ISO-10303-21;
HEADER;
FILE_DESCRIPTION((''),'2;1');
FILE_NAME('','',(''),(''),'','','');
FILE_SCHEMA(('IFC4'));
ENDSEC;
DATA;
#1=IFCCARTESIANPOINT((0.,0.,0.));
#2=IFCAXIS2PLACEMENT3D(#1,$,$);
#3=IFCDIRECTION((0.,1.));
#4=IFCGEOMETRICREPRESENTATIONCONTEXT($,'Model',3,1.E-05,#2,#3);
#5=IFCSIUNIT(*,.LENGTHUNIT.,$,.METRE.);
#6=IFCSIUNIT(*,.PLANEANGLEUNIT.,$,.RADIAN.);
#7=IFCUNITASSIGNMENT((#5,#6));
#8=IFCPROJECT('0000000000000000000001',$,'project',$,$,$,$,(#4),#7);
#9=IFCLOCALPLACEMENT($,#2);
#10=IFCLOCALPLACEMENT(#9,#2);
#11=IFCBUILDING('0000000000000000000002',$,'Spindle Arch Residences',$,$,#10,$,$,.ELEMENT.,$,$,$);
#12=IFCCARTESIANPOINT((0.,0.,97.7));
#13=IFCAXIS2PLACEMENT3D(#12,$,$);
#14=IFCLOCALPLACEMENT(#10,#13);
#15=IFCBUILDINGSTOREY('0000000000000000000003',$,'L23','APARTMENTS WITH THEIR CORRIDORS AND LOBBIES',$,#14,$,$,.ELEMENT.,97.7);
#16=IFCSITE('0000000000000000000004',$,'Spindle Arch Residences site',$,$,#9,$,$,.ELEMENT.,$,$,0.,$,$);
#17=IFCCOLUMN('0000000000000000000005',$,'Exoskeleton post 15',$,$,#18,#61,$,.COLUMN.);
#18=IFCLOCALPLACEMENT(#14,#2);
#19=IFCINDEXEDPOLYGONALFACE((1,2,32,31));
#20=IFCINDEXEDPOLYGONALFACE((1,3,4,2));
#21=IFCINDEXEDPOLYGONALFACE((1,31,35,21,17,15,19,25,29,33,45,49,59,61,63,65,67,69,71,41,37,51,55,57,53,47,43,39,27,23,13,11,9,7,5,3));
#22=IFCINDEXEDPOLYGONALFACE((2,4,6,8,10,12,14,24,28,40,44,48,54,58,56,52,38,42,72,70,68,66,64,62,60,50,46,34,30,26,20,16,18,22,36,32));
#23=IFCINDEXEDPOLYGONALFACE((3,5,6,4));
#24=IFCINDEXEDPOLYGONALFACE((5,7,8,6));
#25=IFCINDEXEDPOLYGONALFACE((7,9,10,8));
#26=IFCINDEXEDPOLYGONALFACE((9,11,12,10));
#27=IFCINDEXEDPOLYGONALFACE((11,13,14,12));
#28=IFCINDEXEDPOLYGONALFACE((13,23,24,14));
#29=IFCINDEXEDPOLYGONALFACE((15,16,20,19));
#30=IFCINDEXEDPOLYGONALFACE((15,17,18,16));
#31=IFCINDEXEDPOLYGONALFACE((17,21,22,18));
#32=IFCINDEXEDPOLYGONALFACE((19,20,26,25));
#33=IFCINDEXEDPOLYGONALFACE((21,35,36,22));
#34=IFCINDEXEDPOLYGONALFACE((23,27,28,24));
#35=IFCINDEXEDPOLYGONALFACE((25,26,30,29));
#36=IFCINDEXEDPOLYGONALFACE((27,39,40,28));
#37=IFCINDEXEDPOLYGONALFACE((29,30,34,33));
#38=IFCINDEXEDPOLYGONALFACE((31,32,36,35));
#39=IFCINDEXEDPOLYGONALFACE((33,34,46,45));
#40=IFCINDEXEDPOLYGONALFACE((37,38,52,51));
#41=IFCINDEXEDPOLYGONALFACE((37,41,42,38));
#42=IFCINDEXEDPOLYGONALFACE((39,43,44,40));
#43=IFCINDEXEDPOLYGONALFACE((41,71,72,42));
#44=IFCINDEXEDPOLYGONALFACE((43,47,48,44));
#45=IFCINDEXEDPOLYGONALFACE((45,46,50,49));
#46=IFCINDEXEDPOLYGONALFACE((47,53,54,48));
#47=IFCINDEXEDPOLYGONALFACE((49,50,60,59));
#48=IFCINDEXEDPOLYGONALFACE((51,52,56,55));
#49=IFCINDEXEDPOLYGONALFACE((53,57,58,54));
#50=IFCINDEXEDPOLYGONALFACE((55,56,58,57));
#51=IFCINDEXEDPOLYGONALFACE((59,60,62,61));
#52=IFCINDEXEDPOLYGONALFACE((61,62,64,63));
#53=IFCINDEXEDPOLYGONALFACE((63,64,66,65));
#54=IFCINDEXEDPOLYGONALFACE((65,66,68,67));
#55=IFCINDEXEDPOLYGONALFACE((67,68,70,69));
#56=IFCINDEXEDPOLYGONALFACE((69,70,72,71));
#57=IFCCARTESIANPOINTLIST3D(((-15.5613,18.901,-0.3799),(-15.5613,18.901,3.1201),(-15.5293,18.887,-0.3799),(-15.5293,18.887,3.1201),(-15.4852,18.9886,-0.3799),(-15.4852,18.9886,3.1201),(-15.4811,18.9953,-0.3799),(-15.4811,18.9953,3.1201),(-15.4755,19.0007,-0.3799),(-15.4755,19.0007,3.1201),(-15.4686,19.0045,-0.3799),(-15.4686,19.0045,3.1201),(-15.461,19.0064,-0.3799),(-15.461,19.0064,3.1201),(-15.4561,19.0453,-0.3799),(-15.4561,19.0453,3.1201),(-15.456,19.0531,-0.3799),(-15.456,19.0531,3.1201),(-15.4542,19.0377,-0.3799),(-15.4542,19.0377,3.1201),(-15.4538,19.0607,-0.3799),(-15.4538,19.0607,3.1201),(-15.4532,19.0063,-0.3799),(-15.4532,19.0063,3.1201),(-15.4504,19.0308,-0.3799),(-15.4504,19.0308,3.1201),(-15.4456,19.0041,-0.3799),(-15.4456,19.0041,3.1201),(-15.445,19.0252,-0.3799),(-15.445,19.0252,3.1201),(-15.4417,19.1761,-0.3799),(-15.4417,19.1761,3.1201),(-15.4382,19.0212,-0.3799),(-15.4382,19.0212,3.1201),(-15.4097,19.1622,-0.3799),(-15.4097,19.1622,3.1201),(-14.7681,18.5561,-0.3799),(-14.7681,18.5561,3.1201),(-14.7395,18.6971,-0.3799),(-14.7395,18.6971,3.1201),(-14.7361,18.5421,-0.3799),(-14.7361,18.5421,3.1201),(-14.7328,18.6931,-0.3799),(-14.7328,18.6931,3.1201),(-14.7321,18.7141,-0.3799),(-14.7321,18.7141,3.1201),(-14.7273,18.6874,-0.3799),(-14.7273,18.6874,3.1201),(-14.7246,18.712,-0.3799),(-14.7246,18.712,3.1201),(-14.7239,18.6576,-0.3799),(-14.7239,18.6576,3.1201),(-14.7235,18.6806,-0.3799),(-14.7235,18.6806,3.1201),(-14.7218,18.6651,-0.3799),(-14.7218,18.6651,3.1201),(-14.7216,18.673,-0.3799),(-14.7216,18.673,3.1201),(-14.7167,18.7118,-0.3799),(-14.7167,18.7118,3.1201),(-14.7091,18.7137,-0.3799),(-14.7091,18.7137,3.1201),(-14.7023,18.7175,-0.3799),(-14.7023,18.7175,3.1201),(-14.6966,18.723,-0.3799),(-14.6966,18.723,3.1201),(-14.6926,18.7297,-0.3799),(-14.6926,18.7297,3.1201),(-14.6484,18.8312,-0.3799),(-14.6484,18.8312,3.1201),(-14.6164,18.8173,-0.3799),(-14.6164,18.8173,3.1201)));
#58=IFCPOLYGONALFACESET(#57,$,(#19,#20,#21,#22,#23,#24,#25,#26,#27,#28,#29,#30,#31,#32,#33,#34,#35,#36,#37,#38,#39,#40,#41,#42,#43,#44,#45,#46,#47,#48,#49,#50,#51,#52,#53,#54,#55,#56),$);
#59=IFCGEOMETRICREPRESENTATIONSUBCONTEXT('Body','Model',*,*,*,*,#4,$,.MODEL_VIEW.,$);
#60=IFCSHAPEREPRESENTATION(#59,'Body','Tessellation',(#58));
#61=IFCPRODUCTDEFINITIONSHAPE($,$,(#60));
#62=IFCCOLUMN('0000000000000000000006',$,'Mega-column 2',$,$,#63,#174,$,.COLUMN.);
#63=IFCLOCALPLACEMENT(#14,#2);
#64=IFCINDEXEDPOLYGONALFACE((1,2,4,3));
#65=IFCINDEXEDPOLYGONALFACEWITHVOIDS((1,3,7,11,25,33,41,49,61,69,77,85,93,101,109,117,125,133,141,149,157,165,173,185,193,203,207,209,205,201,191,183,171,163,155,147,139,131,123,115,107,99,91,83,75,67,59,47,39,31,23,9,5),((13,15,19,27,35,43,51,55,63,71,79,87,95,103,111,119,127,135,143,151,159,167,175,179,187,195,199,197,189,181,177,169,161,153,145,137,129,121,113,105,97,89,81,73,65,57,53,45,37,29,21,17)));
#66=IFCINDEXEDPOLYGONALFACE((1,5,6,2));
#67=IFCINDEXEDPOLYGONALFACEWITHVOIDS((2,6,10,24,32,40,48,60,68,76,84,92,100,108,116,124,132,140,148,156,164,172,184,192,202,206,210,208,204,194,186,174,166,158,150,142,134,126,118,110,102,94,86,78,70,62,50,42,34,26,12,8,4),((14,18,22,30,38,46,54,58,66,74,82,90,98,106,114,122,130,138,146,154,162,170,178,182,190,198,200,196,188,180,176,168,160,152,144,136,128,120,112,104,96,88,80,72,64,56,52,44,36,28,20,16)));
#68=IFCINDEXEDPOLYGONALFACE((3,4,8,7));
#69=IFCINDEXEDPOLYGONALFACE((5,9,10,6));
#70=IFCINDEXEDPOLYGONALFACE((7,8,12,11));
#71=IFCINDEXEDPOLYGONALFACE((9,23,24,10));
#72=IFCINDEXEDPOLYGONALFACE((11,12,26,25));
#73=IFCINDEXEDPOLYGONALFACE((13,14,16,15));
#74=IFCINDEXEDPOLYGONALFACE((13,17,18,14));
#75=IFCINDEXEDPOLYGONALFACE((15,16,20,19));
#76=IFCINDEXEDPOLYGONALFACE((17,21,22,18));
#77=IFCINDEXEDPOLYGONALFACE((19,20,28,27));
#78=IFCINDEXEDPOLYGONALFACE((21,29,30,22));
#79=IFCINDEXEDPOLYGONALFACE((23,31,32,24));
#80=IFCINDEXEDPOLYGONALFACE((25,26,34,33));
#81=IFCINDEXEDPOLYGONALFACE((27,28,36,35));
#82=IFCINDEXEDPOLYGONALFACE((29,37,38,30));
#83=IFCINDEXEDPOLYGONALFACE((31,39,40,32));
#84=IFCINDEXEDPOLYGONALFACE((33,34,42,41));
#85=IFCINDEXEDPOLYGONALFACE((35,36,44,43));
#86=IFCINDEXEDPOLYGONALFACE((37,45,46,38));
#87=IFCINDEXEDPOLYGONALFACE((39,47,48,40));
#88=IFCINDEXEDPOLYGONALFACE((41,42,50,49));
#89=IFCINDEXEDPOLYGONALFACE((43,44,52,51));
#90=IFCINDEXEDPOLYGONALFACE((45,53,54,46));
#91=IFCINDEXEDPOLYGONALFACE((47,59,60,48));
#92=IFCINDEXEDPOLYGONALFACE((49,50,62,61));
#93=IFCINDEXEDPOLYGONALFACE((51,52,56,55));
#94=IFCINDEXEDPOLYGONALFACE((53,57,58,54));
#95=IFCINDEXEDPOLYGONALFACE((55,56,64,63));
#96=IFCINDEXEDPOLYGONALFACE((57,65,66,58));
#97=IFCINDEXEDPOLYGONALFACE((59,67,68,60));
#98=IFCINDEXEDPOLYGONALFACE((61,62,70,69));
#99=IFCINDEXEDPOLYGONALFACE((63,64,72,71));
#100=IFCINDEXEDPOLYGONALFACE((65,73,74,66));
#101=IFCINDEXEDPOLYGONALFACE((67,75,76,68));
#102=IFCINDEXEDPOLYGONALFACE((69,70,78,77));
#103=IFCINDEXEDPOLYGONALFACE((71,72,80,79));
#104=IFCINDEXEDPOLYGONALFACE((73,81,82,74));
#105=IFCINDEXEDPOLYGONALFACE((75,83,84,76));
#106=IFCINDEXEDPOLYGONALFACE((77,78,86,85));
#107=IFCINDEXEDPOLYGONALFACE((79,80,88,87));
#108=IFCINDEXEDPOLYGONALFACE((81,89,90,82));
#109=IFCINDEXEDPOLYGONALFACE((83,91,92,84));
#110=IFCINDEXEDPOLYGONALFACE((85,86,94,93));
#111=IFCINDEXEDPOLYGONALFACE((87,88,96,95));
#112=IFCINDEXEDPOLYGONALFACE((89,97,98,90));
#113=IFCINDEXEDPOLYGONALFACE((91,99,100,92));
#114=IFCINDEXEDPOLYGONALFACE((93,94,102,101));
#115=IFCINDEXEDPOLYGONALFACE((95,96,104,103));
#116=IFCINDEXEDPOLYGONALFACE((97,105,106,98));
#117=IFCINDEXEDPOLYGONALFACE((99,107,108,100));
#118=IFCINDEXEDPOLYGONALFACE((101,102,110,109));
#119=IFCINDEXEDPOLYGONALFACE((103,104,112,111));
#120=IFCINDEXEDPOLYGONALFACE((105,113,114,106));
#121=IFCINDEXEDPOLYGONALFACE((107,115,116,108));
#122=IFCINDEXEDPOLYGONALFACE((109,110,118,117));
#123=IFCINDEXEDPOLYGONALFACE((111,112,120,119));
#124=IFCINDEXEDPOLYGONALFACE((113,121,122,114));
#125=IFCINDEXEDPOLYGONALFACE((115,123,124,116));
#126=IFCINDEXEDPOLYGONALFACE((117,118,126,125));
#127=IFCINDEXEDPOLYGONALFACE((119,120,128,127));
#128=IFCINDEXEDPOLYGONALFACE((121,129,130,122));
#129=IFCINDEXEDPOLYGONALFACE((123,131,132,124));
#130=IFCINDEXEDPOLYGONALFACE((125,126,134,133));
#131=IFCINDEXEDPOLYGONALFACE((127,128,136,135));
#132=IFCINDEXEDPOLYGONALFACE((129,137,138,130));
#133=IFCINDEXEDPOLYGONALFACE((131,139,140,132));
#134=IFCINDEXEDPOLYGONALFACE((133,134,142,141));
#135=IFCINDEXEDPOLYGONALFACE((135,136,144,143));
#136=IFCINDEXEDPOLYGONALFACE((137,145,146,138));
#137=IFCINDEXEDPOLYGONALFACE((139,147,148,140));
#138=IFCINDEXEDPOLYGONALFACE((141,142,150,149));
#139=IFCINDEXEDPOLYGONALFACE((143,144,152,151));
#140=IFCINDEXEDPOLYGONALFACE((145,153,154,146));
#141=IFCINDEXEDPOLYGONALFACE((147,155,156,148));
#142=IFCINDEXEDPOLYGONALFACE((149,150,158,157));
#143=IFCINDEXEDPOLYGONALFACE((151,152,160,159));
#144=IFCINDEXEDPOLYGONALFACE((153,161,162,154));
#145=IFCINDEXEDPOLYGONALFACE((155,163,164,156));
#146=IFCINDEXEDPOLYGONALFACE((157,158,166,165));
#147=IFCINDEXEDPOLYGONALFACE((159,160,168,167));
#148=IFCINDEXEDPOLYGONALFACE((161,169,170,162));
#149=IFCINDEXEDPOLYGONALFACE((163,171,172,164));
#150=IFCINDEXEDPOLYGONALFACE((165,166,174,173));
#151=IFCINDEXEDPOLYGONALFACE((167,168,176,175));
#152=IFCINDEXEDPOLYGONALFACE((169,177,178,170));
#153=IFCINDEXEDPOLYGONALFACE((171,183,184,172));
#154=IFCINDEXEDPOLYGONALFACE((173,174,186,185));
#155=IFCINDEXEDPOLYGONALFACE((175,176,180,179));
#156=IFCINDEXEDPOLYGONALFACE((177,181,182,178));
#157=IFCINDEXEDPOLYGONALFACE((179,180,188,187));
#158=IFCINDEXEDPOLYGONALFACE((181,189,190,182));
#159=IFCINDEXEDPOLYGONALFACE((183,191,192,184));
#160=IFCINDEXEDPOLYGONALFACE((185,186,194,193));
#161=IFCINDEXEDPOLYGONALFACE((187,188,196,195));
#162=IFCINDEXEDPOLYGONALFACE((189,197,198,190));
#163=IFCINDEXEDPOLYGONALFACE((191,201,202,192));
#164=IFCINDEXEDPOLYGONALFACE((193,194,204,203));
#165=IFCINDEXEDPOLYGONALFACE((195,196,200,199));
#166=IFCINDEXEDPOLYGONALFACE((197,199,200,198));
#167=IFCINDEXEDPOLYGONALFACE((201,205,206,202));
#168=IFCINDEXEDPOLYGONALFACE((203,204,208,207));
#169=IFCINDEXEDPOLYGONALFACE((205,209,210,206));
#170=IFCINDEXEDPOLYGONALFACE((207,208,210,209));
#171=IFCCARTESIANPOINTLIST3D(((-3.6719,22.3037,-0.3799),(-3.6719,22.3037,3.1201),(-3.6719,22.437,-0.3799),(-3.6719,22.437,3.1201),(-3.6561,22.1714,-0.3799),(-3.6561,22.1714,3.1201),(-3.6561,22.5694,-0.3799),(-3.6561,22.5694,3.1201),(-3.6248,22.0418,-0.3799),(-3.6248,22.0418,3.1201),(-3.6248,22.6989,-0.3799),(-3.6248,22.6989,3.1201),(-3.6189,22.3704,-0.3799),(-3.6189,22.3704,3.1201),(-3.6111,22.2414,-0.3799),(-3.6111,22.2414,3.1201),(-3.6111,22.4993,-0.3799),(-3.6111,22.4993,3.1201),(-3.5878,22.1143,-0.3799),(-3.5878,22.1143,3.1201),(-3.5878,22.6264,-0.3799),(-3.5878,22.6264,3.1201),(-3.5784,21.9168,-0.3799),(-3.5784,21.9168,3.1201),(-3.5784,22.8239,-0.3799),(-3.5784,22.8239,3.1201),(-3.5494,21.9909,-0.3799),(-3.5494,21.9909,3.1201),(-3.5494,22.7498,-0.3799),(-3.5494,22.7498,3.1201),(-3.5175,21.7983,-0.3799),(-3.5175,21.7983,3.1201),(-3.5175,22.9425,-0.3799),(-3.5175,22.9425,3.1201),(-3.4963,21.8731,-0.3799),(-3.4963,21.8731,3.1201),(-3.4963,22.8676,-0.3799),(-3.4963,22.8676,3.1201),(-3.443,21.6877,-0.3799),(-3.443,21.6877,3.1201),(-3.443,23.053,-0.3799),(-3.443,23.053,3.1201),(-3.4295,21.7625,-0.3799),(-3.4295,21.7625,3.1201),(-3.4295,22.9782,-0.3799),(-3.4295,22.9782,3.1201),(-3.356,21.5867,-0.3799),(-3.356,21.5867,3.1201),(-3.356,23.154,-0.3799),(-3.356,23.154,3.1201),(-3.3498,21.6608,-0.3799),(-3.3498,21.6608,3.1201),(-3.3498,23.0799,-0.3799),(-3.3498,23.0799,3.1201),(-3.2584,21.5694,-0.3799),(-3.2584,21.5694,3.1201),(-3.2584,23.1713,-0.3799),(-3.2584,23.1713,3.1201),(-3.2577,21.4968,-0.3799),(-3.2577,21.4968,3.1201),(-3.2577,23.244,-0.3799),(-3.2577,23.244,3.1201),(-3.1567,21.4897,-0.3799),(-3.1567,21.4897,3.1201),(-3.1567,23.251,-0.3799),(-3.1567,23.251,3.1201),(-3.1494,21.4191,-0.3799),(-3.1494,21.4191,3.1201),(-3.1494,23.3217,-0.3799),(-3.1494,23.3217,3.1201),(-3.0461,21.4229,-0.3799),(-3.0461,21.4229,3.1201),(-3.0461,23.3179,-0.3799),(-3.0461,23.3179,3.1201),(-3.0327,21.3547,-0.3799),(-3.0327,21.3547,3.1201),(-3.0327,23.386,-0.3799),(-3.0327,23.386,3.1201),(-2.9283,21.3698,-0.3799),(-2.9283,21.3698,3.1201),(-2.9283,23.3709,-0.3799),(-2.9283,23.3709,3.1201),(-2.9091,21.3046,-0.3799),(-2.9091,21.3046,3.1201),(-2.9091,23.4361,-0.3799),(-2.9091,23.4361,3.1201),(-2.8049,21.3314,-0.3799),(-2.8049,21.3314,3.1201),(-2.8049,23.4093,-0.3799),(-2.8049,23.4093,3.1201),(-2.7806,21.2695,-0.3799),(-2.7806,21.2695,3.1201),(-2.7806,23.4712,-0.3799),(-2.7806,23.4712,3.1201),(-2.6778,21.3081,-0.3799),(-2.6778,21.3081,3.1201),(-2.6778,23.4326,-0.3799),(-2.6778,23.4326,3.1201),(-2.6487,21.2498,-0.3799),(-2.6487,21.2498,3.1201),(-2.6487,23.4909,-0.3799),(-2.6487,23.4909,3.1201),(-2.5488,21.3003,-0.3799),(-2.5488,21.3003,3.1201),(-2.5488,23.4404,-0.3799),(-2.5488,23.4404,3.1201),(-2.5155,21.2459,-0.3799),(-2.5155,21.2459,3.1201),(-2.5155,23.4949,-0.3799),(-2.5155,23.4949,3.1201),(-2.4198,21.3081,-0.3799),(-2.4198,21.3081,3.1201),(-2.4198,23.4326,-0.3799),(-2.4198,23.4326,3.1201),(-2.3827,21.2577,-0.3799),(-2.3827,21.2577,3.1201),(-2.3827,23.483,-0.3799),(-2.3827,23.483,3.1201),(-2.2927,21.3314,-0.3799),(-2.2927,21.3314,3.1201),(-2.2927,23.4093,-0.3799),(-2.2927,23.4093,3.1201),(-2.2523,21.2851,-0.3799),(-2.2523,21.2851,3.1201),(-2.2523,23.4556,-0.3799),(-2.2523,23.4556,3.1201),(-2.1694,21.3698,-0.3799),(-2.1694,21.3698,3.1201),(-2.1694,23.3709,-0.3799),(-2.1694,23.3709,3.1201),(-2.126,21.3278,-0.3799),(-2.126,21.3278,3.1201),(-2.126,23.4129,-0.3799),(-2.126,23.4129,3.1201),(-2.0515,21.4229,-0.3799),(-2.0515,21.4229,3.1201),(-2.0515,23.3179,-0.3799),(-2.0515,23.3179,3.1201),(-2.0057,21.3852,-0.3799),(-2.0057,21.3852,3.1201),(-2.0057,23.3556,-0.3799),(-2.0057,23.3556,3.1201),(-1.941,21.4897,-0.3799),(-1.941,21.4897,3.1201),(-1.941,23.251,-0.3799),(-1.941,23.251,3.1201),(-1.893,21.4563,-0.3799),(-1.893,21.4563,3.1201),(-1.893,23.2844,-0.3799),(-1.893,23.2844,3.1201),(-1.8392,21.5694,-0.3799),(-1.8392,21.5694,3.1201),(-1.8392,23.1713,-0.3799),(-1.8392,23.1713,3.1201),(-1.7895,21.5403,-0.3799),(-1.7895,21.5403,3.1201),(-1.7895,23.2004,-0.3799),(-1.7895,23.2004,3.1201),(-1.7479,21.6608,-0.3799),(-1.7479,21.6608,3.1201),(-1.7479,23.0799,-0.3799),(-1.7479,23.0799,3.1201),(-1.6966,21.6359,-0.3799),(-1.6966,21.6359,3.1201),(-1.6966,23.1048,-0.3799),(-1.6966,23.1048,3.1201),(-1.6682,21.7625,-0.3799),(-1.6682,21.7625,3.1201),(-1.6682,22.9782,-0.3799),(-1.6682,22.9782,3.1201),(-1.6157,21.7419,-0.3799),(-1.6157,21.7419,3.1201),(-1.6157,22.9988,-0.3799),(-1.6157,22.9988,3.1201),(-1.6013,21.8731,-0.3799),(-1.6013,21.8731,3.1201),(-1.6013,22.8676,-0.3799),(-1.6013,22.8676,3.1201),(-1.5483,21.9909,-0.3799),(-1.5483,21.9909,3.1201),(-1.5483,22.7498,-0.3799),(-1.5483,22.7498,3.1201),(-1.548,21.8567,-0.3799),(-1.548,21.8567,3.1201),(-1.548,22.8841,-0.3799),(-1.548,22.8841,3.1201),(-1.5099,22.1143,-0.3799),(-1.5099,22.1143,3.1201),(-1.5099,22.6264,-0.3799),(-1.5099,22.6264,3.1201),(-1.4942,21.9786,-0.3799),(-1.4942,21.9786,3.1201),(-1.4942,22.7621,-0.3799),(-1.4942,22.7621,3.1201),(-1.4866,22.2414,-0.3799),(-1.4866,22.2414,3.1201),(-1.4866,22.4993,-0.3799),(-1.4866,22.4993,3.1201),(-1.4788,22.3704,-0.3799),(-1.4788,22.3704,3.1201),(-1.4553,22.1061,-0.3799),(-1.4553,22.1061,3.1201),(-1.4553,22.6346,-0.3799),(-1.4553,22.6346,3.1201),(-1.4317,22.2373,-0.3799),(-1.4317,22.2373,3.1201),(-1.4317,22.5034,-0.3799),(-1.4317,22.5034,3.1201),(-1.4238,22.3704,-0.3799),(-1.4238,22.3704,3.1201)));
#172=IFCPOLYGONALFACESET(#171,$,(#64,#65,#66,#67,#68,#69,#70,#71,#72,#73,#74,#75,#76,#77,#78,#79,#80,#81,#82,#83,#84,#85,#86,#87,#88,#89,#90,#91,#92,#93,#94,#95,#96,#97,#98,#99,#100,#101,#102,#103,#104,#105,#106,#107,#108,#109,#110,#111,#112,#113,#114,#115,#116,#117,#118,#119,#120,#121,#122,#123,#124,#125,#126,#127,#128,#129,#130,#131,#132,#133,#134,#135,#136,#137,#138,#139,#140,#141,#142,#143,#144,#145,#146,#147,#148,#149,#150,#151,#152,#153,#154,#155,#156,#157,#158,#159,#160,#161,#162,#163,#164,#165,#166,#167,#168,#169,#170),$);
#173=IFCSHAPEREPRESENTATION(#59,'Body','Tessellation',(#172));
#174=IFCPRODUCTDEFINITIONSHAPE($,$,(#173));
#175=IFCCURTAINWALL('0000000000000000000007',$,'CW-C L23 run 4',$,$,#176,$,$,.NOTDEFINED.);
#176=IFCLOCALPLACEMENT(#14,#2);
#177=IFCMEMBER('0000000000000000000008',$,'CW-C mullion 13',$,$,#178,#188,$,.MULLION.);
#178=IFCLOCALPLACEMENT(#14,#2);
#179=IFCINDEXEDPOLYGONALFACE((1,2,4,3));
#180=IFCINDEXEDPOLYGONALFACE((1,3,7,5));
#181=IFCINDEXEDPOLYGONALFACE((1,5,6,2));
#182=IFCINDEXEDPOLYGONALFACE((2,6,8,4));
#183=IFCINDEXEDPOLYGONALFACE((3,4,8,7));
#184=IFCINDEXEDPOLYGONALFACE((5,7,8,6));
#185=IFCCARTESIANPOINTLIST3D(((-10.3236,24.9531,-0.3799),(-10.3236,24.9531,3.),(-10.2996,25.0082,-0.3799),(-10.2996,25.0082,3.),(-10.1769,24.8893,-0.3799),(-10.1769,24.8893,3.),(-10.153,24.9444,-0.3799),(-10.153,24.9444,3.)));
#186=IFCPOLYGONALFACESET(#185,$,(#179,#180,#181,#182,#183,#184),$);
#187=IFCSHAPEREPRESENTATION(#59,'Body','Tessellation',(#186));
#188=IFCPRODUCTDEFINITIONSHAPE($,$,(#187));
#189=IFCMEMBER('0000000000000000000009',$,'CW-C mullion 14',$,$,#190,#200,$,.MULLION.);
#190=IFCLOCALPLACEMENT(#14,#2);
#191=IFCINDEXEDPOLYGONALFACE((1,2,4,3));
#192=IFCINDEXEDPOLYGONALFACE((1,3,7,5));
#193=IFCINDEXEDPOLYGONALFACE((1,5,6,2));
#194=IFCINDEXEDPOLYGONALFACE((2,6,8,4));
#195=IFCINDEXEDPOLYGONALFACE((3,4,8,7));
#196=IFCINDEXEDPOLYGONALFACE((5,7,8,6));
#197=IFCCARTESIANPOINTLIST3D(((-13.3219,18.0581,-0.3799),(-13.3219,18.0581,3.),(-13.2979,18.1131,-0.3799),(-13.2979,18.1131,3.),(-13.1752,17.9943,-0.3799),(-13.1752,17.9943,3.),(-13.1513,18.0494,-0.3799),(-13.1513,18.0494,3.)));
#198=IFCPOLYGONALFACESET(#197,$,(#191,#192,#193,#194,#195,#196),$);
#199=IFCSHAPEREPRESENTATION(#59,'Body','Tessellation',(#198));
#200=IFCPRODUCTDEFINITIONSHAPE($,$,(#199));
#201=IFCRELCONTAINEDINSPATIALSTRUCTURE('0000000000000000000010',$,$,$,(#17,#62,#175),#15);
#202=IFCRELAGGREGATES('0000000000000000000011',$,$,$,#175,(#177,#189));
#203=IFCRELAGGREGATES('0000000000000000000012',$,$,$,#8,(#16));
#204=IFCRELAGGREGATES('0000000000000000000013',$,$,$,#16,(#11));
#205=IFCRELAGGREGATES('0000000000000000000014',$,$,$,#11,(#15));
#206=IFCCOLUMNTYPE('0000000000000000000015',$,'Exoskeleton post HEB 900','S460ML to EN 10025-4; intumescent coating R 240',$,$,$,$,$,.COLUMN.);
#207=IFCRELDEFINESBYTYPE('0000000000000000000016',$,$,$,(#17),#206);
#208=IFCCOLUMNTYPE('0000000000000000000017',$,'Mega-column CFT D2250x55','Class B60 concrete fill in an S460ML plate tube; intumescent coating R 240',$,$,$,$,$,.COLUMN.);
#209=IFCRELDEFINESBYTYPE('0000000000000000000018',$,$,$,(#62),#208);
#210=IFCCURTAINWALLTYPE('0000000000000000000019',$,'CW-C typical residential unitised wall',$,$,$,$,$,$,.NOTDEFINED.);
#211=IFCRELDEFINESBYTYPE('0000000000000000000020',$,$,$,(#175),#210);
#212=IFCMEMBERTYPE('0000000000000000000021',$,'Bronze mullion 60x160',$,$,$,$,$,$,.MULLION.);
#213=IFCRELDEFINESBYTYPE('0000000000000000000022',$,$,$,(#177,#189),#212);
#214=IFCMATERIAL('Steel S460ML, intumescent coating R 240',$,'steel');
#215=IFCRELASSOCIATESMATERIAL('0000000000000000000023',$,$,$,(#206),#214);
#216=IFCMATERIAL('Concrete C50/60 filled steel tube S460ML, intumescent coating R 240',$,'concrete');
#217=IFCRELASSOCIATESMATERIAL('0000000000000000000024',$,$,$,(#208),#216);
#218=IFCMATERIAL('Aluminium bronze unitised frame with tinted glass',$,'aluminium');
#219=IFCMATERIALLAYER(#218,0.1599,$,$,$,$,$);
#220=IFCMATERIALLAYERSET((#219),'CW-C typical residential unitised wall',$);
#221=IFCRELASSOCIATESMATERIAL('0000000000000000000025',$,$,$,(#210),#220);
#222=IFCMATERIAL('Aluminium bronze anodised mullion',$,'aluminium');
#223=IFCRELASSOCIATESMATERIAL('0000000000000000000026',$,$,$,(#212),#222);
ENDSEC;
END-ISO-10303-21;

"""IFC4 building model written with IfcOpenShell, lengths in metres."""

from ifc_helpers import new_model, si_unit, direction, frame, origin, origin_2d, place, context, subcontext, project, spatial, rectangle, hollow_circle, i_section, extrude, material, layer, layer_set, material_profile, profile_set, type_object, element, aggregate, save


model = new_model("IFC4")

# Units and contexts
model_context = context("Model", 3, precision=1e-05, world=origin(), true_north=direction((0.0, 1.0)))
body_context = subcontext(model_context, "Body", "Model", "MODEL_VIEW")
ifc_project = project(units=[si_unit("LENGTHUNIT", "METRE"), si_unit("PLANEANGLEUNIT", "RADIAN")], contexts=[model_context])

# Site, building, storey
site_placement = place(None, origin())
site = spatial("IfcSite", under=ifc_project, at=site_placement, Name="Spindle Arch Residences site", CompositionType="ELEMENT", RefElevation=0.0)
building_placement = place(site_placement, origin())
building = spatial("IfcBuilding", under=site, at=building_placement, Name="Spindle Arch Residences", CompositionType="ELEMENT")
storey_placement = place(building_placement, frame((0.0, 0.0, 97.7)))
storey = spatial("IfcBuildingStorey", under=building, at=storey_placement, Name="L23", Description="APARTMENTS WITH THEIR CORRIDORS AND LOBBIES", CompositionType="ELEMENT", Elevation=97.7)

# Columns
ifc_material_1 = material(Name="Steel S460ML, intumescent coating R 240", Category="steel")
ifc_material_profile_1 = material_profile(ifc_material_1, i_section(OverallWidth=0.3, OverallDepth=0.8999, WebThickness=0.0186, FlangeThickness=0.0349, FilletRadius=0.03, at=origin_2d()), Name="HEB 900")
ifc_profile_set_1 = profile_set([ifc_material_profile_1], Name="Steel S460ML, intumescent coating R 240")
column_type_1 = type_object("IfcColumnType", Name="Exoskeleton post HEB 900", Description="S460ML to EN 10025-4; intumescent coating R 240", PredefinedType="COLUMN", material=ifc_profile_set_1)
column_1_placement = place(storey_placement, frame((-15.0889, 18.8591, -0.3799), z_axis=(0.0, 0.0, 1.0), x_axis=(0.398749, 0.91706, 0.0)))
element("IfcColumn", 1, at=column_1_placement, inside=storey, type_object=column_type_1, Name="Exoskeleton post 15", PredefinedType="COLUMN", context=body_context, shape_type="SweptSolid", body=[
    extrude(i_section(OverallWidth=0.3, OverallDepth=0.8999, WebThickness=0.0186, FlangeThickness=0.0349, FilletRadius=0.03, at=origin_2d()), origin(), (0.0, 0.0, 1.0), 3.5),
])
ifc_material_2 = material(Name="Concrete C50/60 filled steel tube S460ML, intumescent coating R 240", Category="concrete")
ifc_material_profile_2 = material_profile(ifc_material_2, hollow_circle(Radius=1.125, WallThickness=0.0549, at=origin_2d()), Name="CFT D2250x55")
ifc_profile_set_2 = profile_set([ifc_material_profile_2], Name="Concrete C50/60 filled steel tube S460ML, intumescent coating R 240")
column_type_2 = type_object("IfcColumnType", Name="Mega-column CFT D2250x55", Description="Class B60 concrete fill in an S460ML plate tube; intumescent coating R 240", PredefinedType="COLUMN", material=ifc_profile_set_2)
column_2_placement = place(storey_placement, frame((-2.5488, 22.3704, -0.3799), z_axis=(0.0, 0.0, 1.0), x_axis=(1.0, 0.0, 0.0)))
element("IfcColumn", 2, at=column_2_placement, inside=storey, type_object=column_type_2, Name="Mega-column 2", PredefinedType="COLUMN", context=body_context, shape_type="SweptSolid", body=[
    extrude(hollow_circle(Radius=1.125, WallThickness=0.0549, at=origin_2d()), origin(), (0.0, 0.0, 1.0), 3.5),
])

# Curtain wall, members
ifc_material_3 = material(Name="Aluminium bronze unitised frame with tinted glass", Category="aluminium")
ifc_layer_1 = layer(ifc_material_3, 0.1599)
ifc_layer_set_1 = layer_set([ifc_layer_1], Name="CW-C typical residential unitised wall")
curtain_wall_type_1 = type_object("IfcCurtainWallType", Name="CW-C typical residential unitised wall", PredefinedType="NOTDEFINED", material=ifc_layer_set_1)
curtain_wall_1_placement = place(storey_placement, origin())
curtain_wall_1 = element("IfcCurtainWall", 3, at=curtain_wall_1_placement, inside=storey, type_object=curtain_wall_type_1, Name="CW-C L23 run 4", PredefinedType="NOTDEFINED")
ifc_material_4 = material(Name="Aluminium bronze anodised mullion", Category="aluminium")
ifc_material_profile_3 = material_profile(ifc_material_4, rectangle(XDim=0.1599, YDim=0.0601, at=origin_2d()), Name="MU 60x160")
ifc_profile_set_3 = profile_set([ifc_material_profile_3], Name="Aluminium bronze anodised mullion")
member_type_1 = type_object("IfcMemberType", Name="Bronze mullion 60x160", PredefinedType="MULLION", material=ifc_profile_set_3)
member_1_placement = place(storey_placement, frame((-10.2383, 24.9487, -0.3799), z_axis=(0.0, 0.0, 1.0), x_axis=(0.91706, -0.398749, 0.0)))
member_1 = element("IfcMember", 4, at=member_1_placement, type_object=member_type_1, Name="CW-C mullion 13", PredefinedType="MULLION", context=body_context, shape_type="SweptSolid", body=[
    extrude(rectangle(XDim=0.1599, YDim=0.0601, at=origin_2d()), origin(), (0.0, 0.0, 1.0), 3.3799),
])
member_2_placement = place(storey_placement, frame((-13.2366, 18.0537, -0.3799), z_axis=(0.0, 0.0, 1.0), x_axis=(0.91706, -0.398749, 0.0)))
member_2 = element("IfcMember", 5, at=member_2_placement, type_object=member_type_1, Name="CW-C mullion 14", PredefinedType="MULLION", context=body_context, shape_type="SweptSolid", body=[
    extrude(rectangle(XDim=0.1599, YDim=0.0601, at=origin_2d()), origin(), (0.0, 0.0, 1.0), 3.3799),
])

aggregate(curtain_wall_1, [member_1, member_2])

save(model, "model.ifc")
